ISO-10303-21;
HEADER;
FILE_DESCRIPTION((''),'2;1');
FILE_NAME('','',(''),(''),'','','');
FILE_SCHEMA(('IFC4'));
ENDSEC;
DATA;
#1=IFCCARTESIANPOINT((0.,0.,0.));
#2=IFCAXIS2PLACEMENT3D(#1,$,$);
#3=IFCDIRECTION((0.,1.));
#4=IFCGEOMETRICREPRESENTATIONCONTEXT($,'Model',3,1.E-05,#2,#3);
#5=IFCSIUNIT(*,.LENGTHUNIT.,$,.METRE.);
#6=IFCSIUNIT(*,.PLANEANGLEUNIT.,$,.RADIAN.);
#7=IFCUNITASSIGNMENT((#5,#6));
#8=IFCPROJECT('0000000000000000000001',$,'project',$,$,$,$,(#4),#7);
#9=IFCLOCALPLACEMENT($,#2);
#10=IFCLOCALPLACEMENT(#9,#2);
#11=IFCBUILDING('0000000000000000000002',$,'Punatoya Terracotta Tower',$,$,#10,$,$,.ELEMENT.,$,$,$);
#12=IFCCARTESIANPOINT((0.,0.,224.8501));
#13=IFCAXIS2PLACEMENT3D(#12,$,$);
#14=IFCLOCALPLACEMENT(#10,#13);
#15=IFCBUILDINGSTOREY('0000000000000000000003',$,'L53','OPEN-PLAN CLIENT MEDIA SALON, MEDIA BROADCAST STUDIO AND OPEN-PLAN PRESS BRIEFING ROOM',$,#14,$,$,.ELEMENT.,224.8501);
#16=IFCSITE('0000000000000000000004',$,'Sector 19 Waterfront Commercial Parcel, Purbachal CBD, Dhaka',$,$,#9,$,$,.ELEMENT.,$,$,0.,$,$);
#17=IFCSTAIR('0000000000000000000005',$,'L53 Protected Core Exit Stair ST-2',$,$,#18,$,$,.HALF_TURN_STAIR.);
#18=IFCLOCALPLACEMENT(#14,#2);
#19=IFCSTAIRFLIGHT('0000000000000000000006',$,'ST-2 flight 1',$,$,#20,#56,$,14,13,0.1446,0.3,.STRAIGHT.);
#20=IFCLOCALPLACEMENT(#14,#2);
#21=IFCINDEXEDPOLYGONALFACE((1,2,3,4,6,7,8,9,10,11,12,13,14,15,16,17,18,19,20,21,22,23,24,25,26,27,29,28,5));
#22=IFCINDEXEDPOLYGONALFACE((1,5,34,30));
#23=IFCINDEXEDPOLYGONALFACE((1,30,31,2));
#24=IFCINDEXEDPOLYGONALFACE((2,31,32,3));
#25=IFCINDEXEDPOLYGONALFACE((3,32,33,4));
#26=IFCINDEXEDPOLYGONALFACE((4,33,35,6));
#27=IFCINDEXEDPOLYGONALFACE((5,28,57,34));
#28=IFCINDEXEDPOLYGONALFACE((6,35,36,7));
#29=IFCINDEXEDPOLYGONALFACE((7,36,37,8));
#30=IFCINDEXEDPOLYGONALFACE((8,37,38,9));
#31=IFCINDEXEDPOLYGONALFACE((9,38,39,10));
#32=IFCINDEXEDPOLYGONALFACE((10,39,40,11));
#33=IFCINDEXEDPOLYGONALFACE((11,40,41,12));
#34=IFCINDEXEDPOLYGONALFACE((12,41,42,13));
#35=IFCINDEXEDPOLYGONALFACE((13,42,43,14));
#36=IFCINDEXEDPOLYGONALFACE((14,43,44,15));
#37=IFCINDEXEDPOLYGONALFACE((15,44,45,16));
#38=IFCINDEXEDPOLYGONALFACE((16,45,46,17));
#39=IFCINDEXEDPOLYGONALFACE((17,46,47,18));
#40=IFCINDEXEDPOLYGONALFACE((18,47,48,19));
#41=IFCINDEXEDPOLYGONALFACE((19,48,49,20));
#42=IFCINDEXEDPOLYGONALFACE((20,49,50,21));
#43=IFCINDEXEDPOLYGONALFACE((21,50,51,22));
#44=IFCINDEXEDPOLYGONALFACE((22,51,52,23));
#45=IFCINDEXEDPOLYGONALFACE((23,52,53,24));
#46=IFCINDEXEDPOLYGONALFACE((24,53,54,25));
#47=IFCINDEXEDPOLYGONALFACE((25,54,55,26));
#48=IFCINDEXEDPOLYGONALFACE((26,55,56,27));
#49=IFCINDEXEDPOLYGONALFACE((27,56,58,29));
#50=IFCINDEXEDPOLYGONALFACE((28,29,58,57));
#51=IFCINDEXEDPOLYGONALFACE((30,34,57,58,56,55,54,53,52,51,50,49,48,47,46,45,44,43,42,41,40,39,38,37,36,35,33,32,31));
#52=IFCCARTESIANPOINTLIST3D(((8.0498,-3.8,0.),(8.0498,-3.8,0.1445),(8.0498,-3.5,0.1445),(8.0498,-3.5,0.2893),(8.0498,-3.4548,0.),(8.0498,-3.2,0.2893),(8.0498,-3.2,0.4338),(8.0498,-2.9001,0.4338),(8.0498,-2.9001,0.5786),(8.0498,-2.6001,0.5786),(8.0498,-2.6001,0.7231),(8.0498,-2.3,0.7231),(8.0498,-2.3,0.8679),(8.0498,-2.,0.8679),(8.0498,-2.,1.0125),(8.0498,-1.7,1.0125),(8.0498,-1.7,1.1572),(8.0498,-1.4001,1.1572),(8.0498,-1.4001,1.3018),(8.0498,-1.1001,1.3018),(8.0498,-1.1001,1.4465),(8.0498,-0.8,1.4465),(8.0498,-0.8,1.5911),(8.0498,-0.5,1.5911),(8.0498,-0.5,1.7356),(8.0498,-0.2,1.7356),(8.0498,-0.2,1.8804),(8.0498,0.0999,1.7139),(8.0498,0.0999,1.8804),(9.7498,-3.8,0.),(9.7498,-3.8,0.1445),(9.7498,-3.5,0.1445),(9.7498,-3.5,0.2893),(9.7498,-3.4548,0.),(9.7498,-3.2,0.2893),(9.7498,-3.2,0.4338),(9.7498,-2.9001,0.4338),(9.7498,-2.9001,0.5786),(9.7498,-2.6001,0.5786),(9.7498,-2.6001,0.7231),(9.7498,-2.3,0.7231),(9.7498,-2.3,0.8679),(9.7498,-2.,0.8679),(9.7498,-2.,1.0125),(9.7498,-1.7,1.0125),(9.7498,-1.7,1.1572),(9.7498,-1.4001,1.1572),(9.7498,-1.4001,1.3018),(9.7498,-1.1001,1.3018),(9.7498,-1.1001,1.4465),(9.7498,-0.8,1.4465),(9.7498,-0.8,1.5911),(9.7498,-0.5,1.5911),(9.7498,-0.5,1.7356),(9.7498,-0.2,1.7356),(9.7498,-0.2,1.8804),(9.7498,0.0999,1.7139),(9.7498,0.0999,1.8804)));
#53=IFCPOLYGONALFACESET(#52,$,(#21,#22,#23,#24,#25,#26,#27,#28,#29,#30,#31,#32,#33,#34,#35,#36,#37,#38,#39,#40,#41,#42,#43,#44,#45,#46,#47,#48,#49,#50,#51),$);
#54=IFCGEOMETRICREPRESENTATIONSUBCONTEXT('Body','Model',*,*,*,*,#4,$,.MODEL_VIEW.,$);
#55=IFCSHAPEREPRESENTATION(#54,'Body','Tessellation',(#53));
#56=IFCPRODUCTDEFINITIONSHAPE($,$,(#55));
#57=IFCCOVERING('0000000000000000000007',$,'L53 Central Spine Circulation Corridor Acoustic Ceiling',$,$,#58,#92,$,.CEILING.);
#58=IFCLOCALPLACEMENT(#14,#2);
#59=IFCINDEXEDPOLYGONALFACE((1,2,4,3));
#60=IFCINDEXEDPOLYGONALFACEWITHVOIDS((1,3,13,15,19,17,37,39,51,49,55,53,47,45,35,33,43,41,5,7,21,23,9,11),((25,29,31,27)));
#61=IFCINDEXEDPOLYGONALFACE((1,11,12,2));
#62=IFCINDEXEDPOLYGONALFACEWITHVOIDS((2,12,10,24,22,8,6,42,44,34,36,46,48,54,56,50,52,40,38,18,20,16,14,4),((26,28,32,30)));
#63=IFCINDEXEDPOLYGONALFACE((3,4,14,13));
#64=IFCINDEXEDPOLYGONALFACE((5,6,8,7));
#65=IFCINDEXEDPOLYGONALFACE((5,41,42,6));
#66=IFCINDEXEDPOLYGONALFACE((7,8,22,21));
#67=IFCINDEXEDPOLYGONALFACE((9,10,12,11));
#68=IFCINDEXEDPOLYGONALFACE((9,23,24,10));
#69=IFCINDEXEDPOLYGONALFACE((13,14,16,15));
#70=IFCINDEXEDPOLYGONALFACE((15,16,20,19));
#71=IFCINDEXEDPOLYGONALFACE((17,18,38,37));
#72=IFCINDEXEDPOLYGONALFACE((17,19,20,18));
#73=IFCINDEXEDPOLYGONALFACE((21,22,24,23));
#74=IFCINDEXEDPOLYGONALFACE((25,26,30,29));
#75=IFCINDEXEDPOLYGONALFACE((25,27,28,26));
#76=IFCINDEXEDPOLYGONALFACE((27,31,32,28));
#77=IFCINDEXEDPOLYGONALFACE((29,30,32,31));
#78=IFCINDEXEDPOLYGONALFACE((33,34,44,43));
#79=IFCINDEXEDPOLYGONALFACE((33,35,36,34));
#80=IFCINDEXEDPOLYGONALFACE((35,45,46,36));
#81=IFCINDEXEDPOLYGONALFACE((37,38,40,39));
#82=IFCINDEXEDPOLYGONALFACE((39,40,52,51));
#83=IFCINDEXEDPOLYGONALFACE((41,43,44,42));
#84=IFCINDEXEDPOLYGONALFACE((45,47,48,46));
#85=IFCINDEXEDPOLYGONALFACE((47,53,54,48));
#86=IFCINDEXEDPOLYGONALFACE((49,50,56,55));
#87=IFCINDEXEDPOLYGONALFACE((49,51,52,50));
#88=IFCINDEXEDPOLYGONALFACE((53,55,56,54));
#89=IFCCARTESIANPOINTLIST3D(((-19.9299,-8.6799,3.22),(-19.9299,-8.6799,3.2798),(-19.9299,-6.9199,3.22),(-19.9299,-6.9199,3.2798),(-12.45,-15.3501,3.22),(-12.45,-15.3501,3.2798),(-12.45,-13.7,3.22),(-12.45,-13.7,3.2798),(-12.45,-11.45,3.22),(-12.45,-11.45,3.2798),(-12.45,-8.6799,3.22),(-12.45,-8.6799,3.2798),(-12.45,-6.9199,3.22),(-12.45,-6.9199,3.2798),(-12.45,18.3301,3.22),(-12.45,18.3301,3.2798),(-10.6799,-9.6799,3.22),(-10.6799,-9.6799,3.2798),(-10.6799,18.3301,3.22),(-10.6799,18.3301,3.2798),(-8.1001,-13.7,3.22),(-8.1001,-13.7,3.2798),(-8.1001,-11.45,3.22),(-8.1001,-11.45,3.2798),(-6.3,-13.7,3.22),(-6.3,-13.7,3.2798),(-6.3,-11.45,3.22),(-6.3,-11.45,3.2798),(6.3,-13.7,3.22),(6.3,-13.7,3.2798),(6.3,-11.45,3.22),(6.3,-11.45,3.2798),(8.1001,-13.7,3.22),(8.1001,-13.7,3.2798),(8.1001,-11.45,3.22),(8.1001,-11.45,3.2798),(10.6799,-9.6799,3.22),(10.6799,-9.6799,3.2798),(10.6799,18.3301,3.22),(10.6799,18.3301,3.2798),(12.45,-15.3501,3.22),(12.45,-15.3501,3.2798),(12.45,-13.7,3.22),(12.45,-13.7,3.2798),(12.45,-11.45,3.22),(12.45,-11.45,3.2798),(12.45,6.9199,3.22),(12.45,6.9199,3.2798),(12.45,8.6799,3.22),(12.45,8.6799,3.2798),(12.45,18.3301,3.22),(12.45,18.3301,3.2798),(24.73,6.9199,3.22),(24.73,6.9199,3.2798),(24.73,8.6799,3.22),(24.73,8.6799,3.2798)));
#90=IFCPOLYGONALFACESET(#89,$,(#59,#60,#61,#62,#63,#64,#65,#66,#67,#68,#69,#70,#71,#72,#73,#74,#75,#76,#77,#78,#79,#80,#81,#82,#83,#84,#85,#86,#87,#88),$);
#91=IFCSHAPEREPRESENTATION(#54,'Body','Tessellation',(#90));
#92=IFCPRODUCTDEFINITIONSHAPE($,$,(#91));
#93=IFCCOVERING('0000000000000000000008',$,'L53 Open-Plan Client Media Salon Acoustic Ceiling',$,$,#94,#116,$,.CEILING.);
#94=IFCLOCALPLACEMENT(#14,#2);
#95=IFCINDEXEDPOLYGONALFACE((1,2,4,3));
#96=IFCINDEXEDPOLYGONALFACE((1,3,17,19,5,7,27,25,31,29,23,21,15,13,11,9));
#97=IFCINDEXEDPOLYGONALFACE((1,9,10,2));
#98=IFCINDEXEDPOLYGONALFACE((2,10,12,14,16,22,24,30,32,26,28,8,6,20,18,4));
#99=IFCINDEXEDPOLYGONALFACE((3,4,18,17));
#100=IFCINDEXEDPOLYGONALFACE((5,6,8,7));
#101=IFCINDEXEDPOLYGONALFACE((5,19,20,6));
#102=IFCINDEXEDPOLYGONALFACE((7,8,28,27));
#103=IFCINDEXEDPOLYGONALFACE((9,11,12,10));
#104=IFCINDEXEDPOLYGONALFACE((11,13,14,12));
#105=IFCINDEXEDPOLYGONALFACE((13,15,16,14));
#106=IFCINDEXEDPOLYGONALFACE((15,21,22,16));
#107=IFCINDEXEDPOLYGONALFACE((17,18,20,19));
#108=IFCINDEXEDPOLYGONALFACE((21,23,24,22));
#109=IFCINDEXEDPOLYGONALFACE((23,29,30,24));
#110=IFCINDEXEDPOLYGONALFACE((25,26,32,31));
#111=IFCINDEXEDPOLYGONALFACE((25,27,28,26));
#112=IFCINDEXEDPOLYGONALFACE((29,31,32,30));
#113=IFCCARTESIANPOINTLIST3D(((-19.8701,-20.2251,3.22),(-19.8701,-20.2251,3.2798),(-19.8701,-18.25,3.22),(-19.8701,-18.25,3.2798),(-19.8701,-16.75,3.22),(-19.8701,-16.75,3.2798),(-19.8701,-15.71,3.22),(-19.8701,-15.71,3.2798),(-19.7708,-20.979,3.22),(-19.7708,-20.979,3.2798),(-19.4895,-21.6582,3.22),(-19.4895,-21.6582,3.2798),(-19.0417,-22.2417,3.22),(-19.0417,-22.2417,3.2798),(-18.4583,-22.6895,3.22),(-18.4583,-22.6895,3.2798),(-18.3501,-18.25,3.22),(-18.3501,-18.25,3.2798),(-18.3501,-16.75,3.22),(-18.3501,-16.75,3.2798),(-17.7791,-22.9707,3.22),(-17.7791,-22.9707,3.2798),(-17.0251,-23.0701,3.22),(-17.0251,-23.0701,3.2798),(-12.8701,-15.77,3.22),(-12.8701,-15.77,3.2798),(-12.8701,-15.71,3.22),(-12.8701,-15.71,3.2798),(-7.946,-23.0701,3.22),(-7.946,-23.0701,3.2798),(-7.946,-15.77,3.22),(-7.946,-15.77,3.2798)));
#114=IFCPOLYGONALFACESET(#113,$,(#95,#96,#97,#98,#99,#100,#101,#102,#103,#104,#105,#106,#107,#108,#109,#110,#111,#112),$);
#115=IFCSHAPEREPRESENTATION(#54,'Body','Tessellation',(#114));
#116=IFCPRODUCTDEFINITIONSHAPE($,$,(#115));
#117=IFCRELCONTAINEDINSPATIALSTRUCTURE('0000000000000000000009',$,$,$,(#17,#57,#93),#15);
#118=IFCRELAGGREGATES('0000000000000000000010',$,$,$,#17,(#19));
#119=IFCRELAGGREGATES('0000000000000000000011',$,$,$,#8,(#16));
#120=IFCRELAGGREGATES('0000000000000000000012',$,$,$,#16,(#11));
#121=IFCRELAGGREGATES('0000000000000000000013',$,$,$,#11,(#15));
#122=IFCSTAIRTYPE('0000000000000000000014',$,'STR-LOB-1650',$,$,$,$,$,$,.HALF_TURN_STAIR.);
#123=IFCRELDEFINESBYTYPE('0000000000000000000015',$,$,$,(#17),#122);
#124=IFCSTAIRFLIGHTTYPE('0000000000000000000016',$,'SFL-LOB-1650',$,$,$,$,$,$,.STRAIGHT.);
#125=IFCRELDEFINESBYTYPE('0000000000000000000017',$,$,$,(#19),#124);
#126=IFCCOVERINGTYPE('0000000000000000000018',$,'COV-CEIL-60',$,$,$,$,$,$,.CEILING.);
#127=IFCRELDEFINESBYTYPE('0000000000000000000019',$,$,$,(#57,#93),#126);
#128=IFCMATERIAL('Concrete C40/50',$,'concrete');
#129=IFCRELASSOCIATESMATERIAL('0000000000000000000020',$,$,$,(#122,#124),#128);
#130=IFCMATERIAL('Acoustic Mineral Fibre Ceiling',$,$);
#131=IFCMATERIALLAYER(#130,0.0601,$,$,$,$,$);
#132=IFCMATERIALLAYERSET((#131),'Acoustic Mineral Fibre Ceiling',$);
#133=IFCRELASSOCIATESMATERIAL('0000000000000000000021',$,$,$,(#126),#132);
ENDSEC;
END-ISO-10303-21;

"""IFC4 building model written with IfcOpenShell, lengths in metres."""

from ifc_helpers import new_model, si_unit, direction, frame, origin, place, context, subcontext, project, spatial, polyline, outline, extrude, material, layer, layer_set, type_object, element, aggregate, save


model = new_model("IFC4")

# Units and contexts
model_context = context("Model", 3, precision=1e-05, world=origin(), true_north=direction((0.0, 1.0)))
body_context = subcontext(model_context, "Body", "Model", "MODEL_VIEW")
ifc_project = project(units=[si_unit("LENGTHUNIT", "METRE"), si_unit("PLANEANGLEUNIT", "RADIAN")], contexts=[model_context])

# Site, building, storey
site_placement = place(None, origin())
site = spatial("IfcSite", under=ifc_project, at=site_placement, Name="Sector 19 Waterfront Commercial Parcel, Purbachal CBD, Dhaka", CompositionType="ELEMENT", RefElevation=0.0)
building_placement = place(site_placement, origin())
building = spatial("IfcBuilding", under=site, at=building_placement, Name="Punatoya Terracotta Tower", CompositionType="ELEMENT")
storey_placement = place(building_placement, frame((0.0, 0.0, 224.8501)))
storey = spatial("IfcBuildingStorey", under=building, at=storey_placement, Name="L53", Description="OPEN-PLAN CLIENT MEDIA SALON, MEDIA BROADCAST STUDIO AND OPEN-PLAN PRESS BRIEFING ROOM", CompositionType="ELEMENT", Elevation=224.8501)

# Stair
ifc_material_1 = material(Name="Concrete C40/50", Category="concrete")
stair_type_1 = type_object("IfcStairType", Name="STR-LOB-1650", PredefinedType="HALF_TURN_STAIR", material=ifc_material_1)
stair_1_placement = place(storey_placement, origin())
stair_1 = element("IfcStair", 1, at=stair_1_placement, inside=storey, type_object=stair_type_1, Name="L53 Protected Core Exit Stair ST-2", PredefinedType="HALF_TURN_STAIR")

# Stair flight
stair_flight_type = type_object("IfcStairFlightType", Name="SFL-LOB-1650", PredefinedType="STRAIGHT", material=ifc_material_1)
stair_flight_placement = place(storey_placement, frame((8.8999, -3.8, 0.0), z_axis=(0.0, 0.0, 1.0), x_axis=(0.0, 1.0, 0.0)))
stair_flight = element("IfcStairFlight", 2, at=stair_flight_placement, type_object=stair_flight_type, Name="ST-2 flight 1", NumberOfRisers=14, NumberOfTreads=13, PredefinedType="STRAIGHT", RiserHeight=0.1446, TreadLength=0.3, context=body_context, shape_type="SweptSolid", body=[
    extrude(outline(polyline([(0.0, 0.0), (0.0, 0.1445), (0.3, 0.1445), (0.3, 0.2893), (0.6001, 0.2893), (0.6001, 0.4338), (0.8999, 0.4338), (0.8999, 0.5786), (1.2, 0.5786), (1.2, 0.7231), (1.5, 0.7231), (1.5, 0.8679), (1.8, 0.8679), (1.8, 1.0125), (2.1001, 1.0125), (2.1001, 1.1572), (2.3999, 1.1572), (2.3999, 1.3018), (2.7, 1.3018), (2.7, 1.4465), (3.0, 1.4465), (3.0, 1.5911), (3.3, 1.5911), (3.3, 1.7356), (3.6001, 1.7356), (3.6001, 1.8804), (3.8999, 1.8804), (3.8999, 2.0249), (3.8999, 1.7139), (0.3452, 0.0), (0.0, 0.0)])), frame((0.0, 0.8501, 0.0), z_axis=(0.0, -1.0, 0.0), x_axis=(1.0, 0.0, 0.0)), (0.0, 0.0, 1.0), 1.7),
])
aggregate(stair_1, [stair_flight])

# Coverings
ifc_material_2 = material(Name="Acoustic Mineral Fibre Ceiling")
ifc_layer_1 = layer(ifc_material_2, 0.0601)
ifc_layer_set_1 = layer_set([ifc_layer_1], Name="Acoustic Mineral Fibre Ceiling")
covering_type = type_object("IfcCoveringType", Name="COV-CEIL-60", PredefinedType="CEILING", material=ifc_layer_set_1)
covering_1_placement = place(storey_placement, frame((0.0, 0.0, 3.22)))
element("IfcCovering", 3, at=covering_1_placement, inside=storey, type_object=covering_type, Name="L53 Central Spine Circulation Corridor Acoustic Ceiling", PredefinedType="CEILING", context=body_context, shape_type="SweptSolid", body=[
    extrude(outline(polyline([(12.45, -11.45), (12.45, 6.9199), (24.73, 6.9199), (24.73, 8.6799), (12.45, 8.6799), (12.45, 18.3301), (10.6799, 18.3301), (10.6799, -9.6799), (-10.6799, -9.6799), (-10.6799, 18.3301), (-12.45, 18.3301), (-12.45, -6.9199), (-19.9299, -6.9199), (-19.9299, -8.6799), (-12.45, -8.6799), (-12.45, -11.45), (-8.1001, -11.45), (-8.1001, -13.7), (-12.45, -13.7), (-12.45, -15.3501), (12.45, -15.3501), (12.45, -13.7), (8.1001, -13.7), (8.1001, -11.45), (12.45, -11.45)]), holes=[polyline([(-6.3, -13.7), (-6.3, -11.45), (6.3, -11.45), (6.3, -13.7), (-6.3, -13.7)])]), origin(), (0.0, 0.0, 1.0), 0.0598),
])
covering_2_placement = place(storey_placement, frame((0.0, 0.0, 3.22)))
element("IfcCovering", 4, at=covering_2_placement, inside=storey, type_object=covering_type, Name="L53 Open-Plan Client Media Salon Acoustic Ceiling", PredefinedType="CEILING", context=body_context, shape_type="SweptSolid", body=[
    extrude(outline(polyline([(-19.8701, -18.25), (-19.8701, -20.2251), (-19.7708, -20.979), (-19.4895, -21.6582), (-19.0417, -22.2417), (-18.4583, -22.6895), (-17.7791, -22.9707), (-17.0251, -23.0701), (-7.946, -23.0701), (-7.946, -15.77), (-12.8701, -15.77), (-12.8701, -15.71), (-19.8701, -15.71), (-19.8701, -16.75), (-18.3501, -16.75), (-18.3501, -18.25), (-19.8701, -18.25)])), origin(), (0.0, 0.0, 1.0), 0.0598),
])

save(model, "model.ifc")
